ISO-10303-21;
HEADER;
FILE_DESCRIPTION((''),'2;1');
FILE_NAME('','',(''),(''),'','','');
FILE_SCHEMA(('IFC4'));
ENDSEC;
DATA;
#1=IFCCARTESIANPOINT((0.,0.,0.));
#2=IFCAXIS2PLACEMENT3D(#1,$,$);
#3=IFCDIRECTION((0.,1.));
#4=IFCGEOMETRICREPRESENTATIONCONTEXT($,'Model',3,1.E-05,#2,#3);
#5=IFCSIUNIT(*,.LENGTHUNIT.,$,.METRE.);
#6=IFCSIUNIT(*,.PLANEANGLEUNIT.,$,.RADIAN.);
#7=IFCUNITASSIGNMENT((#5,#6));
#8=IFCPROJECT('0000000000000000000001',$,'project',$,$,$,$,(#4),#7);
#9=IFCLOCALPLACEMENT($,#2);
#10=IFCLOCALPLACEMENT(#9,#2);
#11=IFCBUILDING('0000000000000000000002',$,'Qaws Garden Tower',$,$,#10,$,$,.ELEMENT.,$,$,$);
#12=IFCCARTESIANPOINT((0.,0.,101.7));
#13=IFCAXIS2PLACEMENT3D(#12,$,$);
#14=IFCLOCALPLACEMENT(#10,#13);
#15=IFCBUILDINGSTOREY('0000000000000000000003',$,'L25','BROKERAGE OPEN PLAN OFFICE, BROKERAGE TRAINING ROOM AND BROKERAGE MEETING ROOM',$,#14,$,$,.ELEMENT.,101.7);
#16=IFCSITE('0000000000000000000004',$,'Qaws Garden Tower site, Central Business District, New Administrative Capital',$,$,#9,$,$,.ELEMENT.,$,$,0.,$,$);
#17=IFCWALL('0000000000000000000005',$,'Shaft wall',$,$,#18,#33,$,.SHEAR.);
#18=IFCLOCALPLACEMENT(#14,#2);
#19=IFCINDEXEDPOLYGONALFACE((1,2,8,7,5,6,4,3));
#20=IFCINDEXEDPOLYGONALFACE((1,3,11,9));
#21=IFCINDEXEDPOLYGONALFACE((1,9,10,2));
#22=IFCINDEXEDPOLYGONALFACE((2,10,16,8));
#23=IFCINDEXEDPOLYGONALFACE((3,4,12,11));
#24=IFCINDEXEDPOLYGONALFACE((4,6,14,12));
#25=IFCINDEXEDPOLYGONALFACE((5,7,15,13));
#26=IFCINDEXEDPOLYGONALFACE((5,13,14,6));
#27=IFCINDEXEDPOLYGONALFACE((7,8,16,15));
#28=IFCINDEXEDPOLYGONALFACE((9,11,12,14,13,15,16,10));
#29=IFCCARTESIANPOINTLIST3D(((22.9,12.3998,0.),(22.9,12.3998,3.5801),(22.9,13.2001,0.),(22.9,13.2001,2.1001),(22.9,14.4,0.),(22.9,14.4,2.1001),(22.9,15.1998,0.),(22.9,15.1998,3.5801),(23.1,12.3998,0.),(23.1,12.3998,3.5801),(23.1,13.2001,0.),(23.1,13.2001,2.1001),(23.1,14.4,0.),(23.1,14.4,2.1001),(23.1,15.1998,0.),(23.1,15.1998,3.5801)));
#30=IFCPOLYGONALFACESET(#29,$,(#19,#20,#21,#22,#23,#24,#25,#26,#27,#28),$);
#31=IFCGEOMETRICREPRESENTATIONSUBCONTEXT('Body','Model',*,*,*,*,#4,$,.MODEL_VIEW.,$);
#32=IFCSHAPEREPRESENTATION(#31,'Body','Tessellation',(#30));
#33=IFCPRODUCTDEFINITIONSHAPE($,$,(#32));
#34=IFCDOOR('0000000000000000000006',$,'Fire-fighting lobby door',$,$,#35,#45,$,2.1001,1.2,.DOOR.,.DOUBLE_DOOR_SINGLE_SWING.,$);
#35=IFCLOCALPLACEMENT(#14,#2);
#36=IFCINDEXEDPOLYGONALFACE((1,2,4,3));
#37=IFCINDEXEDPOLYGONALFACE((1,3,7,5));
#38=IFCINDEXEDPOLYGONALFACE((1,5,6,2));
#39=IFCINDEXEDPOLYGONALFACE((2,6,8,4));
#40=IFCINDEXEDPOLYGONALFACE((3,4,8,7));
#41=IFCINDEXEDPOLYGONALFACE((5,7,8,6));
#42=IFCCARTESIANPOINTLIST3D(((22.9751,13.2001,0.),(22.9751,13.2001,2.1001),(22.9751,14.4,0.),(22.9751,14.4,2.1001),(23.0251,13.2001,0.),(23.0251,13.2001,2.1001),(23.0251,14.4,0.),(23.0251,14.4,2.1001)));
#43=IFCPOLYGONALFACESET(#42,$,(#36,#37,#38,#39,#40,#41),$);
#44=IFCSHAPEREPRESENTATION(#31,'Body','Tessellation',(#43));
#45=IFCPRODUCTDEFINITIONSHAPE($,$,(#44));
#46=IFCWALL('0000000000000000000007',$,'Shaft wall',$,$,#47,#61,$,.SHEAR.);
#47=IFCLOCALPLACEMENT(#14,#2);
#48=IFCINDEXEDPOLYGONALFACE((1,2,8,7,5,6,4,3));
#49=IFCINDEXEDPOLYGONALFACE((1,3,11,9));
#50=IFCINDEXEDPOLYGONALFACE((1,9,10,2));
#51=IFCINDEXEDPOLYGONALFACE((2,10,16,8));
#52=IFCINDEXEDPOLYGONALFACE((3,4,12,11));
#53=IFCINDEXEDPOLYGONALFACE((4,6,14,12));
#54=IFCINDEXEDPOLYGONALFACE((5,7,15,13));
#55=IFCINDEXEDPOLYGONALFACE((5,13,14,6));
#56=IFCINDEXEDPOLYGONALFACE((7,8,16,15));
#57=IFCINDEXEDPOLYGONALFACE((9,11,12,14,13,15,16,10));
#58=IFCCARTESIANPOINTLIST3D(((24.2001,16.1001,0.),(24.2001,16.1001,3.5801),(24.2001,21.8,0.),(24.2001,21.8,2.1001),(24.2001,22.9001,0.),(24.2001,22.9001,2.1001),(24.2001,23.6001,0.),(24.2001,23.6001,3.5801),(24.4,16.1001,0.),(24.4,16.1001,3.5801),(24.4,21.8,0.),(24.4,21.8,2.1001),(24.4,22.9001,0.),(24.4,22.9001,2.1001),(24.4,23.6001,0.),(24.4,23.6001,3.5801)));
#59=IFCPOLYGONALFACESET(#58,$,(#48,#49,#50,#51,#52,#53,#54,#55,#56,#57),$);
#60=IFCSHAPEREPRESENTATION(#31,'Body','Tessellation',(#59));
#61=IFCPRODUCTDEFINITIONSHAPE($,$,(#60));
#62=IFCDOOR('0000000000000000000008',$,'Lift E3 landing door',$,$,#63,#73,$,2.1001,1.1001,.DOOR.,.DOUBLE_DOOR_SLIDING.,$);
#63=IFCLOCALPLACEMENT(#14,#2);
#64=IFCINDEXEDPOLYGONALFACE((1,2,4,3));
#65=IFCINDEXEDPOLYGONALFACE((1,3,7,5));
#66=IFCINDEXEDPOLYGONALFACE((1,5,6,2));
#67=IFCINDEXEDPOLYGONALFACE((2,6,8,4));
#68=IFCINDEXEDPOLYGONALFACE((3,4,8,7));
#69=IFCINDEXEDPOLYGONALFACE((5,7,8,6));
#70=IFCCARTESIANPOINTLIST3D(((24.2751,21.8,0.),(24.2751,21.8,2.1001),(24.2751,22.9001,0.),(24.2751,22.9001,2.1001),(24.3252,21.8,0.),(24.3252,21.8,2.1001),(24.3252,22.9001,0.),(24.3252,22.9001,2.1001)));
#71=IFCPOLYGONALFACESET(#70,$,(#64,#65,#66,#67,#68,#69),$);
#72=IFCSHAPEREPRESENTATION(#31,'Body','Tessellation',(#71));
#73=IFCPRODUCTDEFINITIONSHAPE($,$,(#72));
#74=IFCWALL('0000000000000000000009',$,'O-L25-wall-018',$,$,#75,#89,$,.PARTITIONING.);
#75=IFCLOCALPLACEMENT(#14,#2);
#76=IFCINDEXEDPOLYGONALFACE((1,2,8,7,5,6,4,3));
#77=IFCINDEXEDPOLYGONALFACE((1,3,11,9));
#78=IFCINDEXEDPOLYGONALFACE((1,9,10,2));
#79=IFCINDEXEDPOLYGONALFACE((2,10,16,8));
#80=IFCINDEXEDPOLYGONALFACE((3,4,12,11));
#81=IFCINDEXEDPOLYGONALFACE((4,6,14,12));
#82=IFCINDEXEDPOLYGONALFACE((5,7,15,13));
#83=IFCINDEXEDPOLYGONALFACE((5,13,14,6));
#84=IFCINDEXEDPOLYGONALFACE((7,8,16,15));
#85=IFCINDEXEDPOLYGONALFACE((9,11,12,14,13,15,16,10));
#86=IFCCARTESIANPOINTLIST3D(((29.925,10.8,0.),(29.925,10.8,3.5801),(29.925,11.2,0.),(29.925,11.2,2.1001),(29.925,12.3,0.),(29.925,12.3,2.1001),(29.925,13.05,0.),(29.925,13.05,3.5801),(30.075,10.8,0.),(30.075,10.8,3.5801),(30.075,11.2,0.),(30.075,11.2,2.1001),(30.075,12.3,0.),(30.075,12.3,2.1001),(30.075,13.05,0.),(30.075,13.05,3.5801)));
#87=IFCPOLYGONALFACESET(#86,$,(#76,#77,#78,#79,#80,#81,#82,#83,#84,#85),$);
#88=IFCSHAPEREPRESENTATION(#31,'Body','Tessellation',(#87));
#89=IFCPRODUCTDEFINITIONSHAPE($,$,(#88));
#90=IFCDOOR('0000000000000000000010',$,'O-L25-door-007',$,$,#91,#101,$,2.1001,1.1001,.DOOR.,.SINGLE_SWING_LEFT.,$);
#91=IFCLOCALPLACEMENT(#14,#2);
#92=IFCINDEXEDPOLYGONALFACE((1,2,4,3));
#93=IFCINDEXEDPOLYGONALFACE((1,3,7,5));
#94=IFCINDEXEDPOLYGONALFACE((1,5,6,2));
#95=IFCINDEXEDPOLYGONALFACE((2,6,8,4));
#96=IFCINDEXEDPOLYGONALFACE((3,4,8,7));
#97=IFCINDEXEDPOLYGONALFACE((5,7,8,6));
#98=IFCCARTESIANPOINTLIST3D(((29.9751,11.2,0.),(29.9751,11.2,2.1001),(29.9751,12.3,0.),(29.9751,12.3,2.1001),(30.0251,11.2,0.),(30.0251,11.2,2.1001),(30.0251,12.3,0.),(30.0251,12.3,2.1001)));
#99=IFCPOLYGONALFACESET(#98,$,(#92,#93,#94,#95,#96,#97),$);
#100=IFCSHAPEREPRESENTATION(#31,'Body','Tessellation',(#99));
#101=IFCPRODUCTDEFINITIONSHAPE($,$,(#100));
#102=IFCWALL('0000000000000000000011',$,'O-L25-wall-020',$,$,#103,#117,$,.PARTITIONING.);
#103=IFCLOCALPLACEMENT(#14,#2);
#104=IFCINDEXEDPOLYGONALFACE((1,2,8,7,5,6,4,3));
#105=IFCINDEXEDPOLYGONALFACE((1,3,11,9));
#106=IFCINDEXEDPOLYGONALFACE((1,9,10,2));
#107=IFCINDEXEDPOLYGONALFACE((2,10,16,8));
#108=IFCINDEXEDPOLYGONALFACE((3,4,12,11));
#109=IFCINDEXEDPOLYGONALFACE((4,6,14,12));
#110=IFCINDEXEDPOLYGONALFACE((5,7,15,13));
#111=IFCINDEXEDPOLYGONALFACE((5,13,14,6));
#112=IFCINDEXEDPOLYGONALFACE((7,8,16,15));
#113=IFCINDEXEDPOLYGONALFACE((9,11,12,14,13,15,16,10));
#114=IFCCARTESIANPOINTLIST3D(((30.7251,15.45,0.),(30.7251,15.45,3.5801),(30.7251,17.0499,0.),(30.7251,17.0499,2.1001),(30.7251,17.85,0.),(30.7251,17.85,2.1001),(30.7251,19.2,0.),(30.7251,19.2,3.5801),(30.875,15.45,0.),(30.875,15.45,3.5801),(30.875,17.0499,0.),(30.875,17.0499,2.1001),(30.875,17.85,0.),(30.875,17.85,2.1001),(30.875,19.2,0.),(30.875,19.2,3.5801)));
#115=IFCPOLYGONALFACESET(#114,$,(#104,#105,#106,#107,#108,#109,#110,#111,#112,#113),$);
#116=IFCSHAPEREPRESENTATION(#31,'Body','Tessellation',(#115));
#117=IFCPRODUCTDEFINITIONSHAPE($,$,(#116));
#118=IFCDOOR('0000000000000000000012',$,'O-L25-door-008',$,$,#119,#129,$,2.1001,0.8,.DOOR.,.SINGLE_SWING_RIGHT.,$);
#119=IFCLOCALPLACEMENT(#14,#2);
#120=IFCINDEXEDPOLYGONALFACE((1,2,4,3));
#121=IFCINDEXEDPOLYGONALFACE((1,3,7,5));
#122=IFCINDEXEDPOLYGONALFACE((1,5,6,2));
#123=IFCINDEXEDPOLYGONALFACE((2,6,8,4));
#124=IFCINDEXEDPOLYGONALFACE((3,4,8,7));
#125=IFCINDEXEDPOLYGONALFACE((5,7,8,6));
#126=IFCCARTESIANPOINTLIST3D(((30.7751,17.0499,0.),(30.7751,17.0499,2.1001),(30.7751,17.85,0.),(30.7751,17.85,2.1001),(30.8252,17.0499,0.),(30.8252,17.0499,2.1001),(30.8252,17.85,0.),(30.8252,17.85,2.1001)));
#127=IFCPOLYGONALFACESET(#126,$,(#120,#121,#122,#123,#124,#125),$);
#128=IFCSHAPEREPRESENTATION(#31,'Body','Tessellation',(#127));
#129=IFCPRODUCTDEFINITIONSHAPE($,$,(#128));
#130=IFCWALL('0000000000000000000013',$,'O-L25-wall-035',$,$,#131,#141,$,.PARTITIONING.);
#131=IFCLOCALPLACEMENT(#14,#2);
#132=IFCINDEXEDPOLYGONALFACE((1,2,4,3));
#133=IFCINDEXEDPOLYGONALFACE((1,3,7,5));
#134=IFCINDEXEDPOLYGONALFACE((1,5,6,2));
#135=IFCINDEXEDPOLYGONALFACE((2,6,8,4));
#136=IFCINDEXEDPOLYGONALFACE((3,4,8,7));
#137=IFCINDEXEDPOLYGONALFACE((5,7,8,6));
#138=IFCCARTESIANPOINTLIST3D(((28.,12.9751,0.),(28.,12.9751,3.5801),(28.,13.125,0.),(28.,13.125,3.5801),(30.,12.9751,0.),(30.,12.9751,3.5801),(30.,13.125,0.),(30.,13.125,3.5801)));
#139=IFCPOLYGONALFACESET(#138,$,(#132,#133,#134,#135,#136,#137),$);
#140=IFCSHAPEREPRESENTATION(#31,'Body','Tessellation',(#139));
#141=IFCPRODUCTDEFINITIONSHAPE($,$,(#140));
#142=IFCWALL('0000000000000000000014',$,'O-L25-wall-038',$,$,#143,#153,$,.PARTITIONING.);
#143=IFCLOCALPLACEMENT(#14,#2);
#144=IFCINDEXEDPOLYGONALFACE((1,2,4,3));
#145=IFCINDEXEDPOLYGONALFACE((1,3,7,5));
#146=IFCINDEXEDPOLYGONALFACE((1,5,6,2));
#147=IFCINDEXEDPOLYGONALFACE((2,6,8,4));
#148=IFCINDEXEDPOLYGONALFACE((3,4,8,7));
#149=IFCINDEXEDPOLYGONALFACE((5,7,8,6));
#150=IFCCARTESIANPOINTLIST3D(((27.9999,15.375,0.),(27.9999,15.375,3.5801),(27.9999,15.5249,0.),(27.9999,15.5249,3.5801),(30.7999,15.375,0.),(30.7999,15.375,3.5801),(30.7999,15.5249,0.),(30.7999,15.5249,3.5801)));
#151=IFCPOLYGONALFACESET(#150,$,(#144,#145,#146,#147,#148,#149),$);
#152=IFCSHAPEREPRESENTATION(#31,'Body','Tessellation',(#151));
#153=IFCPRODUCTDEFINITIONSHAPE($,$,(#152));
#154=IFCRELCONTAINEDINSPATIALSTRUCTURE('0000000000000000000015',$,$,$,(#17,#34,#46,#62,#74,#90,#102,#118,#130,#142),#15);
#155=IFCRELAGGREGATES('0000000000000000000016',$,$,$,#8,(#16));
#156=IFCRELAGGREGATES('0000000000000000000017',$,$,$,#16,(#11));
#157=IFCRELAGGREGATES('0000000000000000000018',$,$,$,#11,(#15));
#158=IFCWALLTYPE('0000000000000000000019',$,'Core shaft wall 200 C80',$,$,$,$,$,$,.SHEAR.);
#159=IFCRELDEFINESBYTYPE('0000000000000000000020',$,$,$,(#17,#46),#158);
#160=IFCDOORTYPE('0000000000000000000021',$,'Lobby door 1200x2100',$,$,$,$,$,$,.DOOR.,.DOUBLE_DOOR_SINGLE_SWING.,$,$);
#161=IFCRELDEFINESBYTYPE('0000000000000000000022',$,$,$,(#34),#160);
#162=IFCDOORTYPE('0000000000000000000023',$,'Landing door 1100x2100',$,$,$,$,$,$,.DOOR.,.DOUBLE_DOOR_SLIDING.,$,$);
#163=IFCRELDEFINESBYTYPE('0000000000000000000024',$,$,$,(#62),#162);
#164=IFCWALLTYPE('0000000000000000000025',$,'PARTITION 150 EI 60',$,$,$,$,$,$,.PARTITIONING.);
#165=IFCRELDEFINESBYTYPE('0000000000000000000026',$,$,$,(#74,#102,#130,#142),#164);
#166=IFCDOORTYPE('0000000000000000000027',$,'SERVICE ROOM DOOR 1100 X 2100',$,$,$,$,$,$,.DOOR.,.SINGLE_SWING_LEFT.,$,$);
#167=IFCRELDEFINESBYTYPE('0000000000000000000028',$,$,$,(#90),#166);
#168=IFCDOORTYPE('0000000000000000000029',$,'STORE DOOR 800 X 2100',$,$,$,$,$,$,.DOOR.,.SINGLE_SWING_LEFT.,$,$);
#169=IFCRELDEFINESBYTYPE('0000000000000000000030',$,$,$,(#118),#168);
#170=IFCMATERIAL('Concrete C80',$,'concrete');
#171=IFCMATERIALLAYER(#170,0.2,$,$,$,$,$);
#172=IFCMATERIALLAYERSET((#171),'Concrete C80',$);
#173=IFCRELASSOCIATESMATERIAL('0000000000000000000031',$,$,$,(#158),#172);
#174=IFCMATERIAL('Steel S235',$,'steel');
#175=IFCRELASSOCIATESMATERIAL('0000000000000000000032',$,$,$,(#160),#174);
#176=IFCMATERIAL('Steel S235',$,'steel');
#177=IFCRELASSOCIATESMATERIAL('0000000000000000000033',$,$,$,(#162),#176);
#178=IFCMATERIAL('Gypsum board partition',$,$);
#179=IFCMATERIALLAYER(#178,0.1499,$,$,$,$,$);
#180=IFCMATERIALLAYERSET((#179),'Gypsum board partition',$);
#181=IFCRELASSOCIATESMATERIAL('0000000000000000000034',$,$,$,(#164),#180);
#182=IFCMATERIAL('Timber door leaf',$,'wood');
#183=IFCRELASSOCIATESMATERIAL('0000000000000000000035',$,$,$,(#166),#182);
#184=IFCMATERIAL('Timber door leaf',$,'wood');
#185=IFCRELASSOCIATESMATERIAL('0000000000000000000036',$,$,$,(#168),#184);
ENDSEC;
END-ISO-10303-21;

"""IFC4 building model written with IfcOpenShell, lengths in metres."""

from ifc_helpers import new_model, si_unit, direction, frame, frame_2d, origin, place, context, subcontext, project, spatial, rectangle, extrude, material, layer, layer_set, type_object, element, fill, save


model = new_model("IFC4")

# Units and contexts
model_context = context("Model", 3, precision=1e-05, world=origin(), true_north=direction((0.0, 1.0)))
body_context = subcontext(model_context, "Body", "Model", "MODEL_VIEW")
ifc_project = project(units=[si_unit("LENGTHUNIT", "METRE"), si_unit("PLANEANGLEUNIT", "RADIAN")], contexts=[model_context])

# Site, building, storey
site_placement = place(None, origin())
site = spatial("IfcSite", under=ifc_project, at=site_placement, Name="Qaws Garden Tower site, Central Business District, New Administrative Capital", CompositionType="ELEMENT", RefElevation=0.0)
building_placement = place(site_placement, origin())
building = spatial("IfcBuilding", under=site, at=building_placement, Name="Qaws Garden Tower", CompositionType="ELEMENT")
storey_placement = place(building_placement, frame((0.0, 0.0, 101.7)))
storey = spatial("IfcBuildingStorey", under=building, at=storey_placement, Name="L25", Description="BROKERAGE OPEN PLAN OFFICE, BROKERAGE TRAINING ROOM AND BROKERAGE MEETING ROOM", CompositionType="ELEMENT", Elevation=101.7)

# Shared definitions
ifc_material_1 = material(Name="Concrete C80", Category="concrete")
ifc_layer_1 = layer(ifc_material_1, 0.2)
ifc_layer_set_1 = layer_set([ifc_layer_1], Name="Concrete C80")
wall_type_1 = type_object("IfcWallType", Name="Core shaft wall 200 C80", PredefinedType="SHEAR", material=ifc_layer_set_1)

# Walls, openings, doors
wall_1_placement = place(storey_placement, frame((23.0, 12.3999, 0.0), z_axis=(0.0, 0.0, 1.0), x_axis=(0.0, 1.0, 0.0)))
wall_1 = element("IfcWall", 1, at=wall_1_placement, inside=storey, type_object=wall_type_1, Name="Shaft wall", PredefinedType="SHEAR", context=body_context, shape_type="SweptSolid", body=[
    extrude(rectangle(XDim=2.8, YDim=0.2, at=frame_2d((1.3999, 0.0))), origin(), (0.0, 0.0, 1.0), 3.5801),
])
opening_1_placement = place(wall_1_placement, frame((0.8, 0.0, 0.0)))
opening_1 = element("IfcOpeningElement", 2, at=opening_1_placement, cuts=wall_1, PredefinedType="OPENING", context=body_context, shape_type="SweptSolid", body=[
    extrude(rectangle(XDim=1.2, YDim=2.1001, at=frame_2d((0.6001, 1.05))), frame((0.0, 0.1099, 0.0), z_axis=(0.0, -1.0, 0.0), x_axis=(1.0, 0.0, 0.0)), (0.0, 0.0, 1.0), 0.22),
])
ifc_material_2 = material(Name="Steel S235", Category="steel")
door_type_1 = type_object("IfcDoorType", Name="Lobby door 1200x2100", OperationType="DOUBLE_DOOR_SINGLE_SWING", PredefinedType="DOOR", material=ifc_material_2)
door_1_placement = place(opening_1_placement, origin())
door_1 = element("IfcDoor", 3, at=door_1_placement, inside=storey, type_object=door_type_1, Name="Fire-fighting lobby door", OperationType="DOUBLE_DOOR_SINGLE_SWING", OverallHeight=2.1001, OverallWidth=1.2, PredefinedType="DOOR", context=body_context, shape_type="SweptSolid", body=[
    extrude(rectangle(XDim=1.2, YDim=2.1001, at=frame_2d((0.6001, 1.05))), frame((0.0, 0.0249, 0.0), z_axis=(0.0, -1.0, 0.0), x_axis=(1.0, 0.0, 0.0)), (0.0, 0.0, 1.0), 0.05),
])
fill(opening_1, door_1)
wall_2_placement = place(storey_placement, frame((24.3, 16.1001, 0.0), z_axis=(0.0, 0.0, 1.0), x_axis=(0.0, 1.0, 0.0)))
wall_2 = element("IfcWall", 4, at=wall_2_placement, inside=storey, type_object=wall_type_1, Name="Shaft wall", PredefinedType="SHEAR", context=body_context, shape_type="SweptSolid", body=[
    extrude(rectangle(XDim=7.5, YDim=0.2, at=frame_2d((3.75, 0.0))), origin(), (0.0, 0.0, 1.0), 3.5801),
])
opening_2_placement = place(wall_2_placement, frame((5.7, 0.0, 0.0)))
opening_2 = element("IfcOpeningElement", 5, at=opening_2_placement, cuts=wall_2, PredefinedType="OPENING", context=body_context, shape_type="SweptSolid", body=[
    extrude(rectangle(XDim=1.1001, YDim=2.1001, at=frame_2d((0.55, 1.05))), frame((0.0, 0.1099, 0.0), z_axis=(0.0, -1.0, 0.0), x_axis=(1.0, 0.0, 0.0)), (0.0, 0.0, 1.0), 0.22),
])
ifc_material_3 = material(Name="Steel S235", Category="steel")
door_type_2 = type_object("IfcDoorType", Name="Landing door 1100x2100", OperationType="DOUBLE_DOOR_SLIDING", PredefinedType="DOOR", material=ifc_material_3)
door_2_placement = place(opening_2_placement, origin())
door_2 = element("IfcDoor", 6, at=door_2_placement, inside=storey, type_object=door_type_2, Name="Lift E3 landing door", OperationType="DOUBLE_DOOR_SLIDING", OverallHeight=2.1001, OverallWidth=1.1001, PredefinedType="DOOR", context=body_context, shape_type="SweptSolid", body=[
    extrude(rectangle(XDim=1.1001, YDim=2.1001, at=frame_2d((0.55, 1.05))), frame((0.0, 0.0249, 0.0), z_axis=(0.0, -1.0, 0.0), x_axis=(1.0, 0.0, 0.0)), (0.0, 0.0, 1.0), 0.05),
])
fill(opening_2, door_2)
ifc_material_4 = material(Name="Gypsum board partition")
ifc_layer_2 = layer(ifc_material_4, 0.1499)
ifc_layer_set_2 = layer_set([ifc_layer_2], Name="Gypsum board partition")
wall_type_2 = type_object("IfcWallType", Name="PARTITION 150 EI 60", PredefinedType="PARTITIONING", material=ifc_layer_set_2)
wall_3_placement = place(storey_placement, frame((30.0, 10.8, 0.0), z_axis=(0.0, 0.0, 1.0), x_axis=(0.0, 1.0, 0.0)))
wall_3 = element("IfcWall", 7, at=wall_3_placement, inside=storey, type_object=wall_type_2, Name="O-L25-wall-018", PredefinedType="PARTITIONING", context=body_context, shape_type="SweptSolid", body=[
    extrude(rectangle(XDim=2.25, YDim=0.1499, at=frame_2d((1.125, 0.0))), origin(), (0.0, 0.0, 1.0), 3.5801),
])
opening_3_placement = place(wall_3_placement, frame((0.3999, 0.0, 0.0)))
opening_3 = element("IfcOpeningElement", 8, at=opening_3_placement, cuts=wall_3, PredefinedType="OPENING", context=body_context, shape_type="SweptSolid", body=[
    extrude(rectangle(XDim=1.1001, YDim=2.1001, at=frame_2d((0.55, 1.05))), frame((0.0, 0.085, 0.0), z_axis=(0.0, -1.0, 0.0), x_axis=(1.0, 0.0, 0.0)), (0.0, 0.0, 1.0), 0.1699),
])
ifc_material_5 = material(Name="Timber door leaf", Category="wood")
door_type_3 = type_object("IfcDoorType", Name="SERVICE ROOM DOOR 1100 X 2100", OperationType="SINGLE_SWING_LEFT", PredefinedType="DOOR", material=ifc_material_5)
door_3_placement = place(opening_3_placement, origin())
door_3 = element("IfcDoor", 9, at=door_3_placement, inside=storey, type_object=door_type_3, Name="O-L25-door-007", OperationType="SINGLE_SWING_LEFT", OverallHeight=2.1001, OverallWidth=1.1001, PredefinedType="DOOR", context=body_context, shape_type="SweptSolid", body=[
    extrude(rectangle(XDim=1.1001, YDim=2.1001, at=frame_2d((0.55, 1.05))), frame((0.0, 0.0249, 0.0), z_axis=(0.0, -1.0, 0.0), x_axis=(1.0, 0.0, 0.0)), (0.0, 0.0, 1.0), 0.05),
])
fill(opening_3, door_3)
wall_4_placement = place(storey_placement, frame((30.8, 15.45, 0.0), z_axis=(0.0, 0.0, 1.0), x_axis=(0.0, 1.0, 0.0)))
wall_4 = element("IfcWall", 10, at=wall_4_placement, inside=storey, type_object=wall_type_2, Name="O-L25-wall-020", PredefinedType="PARTITIONING", context=body_context, shape_type="SweptSolid", body=[
    extrude(rectangle(XDim=3.75, YDim=0.1499, at=frame_2d((1.875, 0.0))), origin(), (0.0, 0.0, 1.0), 3.5801),
])
opening_4_placement = place(wall_4_placement, frame((1.6001, 0.0, 0.0)))
opening_4 = element("IfcOpeningElement", 11, at=opening_4_placement, cuts=wall_4, PredefinedType="OPENING", context=body_context, shape_type="SweptSolid", body=[
    extrude(rectangle(XDim=0.8, YDim=2.1001, at=frame_2d((0.3999, 1.05))), frame((0.0, 0.085, 0.0), z_axis=(0.0, -1.0, 0.0), x_axis=(1.0, 0.0, 0.0)), (0.0, 0.0, 1.0), 0.1699),
])
ifc_material_6 = material(Name="Timber door leaf", Category="wood")
door_type_4 = type_object("IfcDoorType", Name="STORE DOOR 800 X 2100", OperationType="SINGLE_SWING_LEFT", PredefinedType="DOOR", material=ifc_material_6)
door_4_placement = place(opening_4_placement, origin())
door_4 = element("IfcDoor", 12, at=door_4_placement, inside=storey, type_object=door_type_4, Name="O-L25-door-008", OperationType="SINGLE_SWING_RIGHT", OverallHeight=2.1001, OverallWidth=0.8, PredefinedType="DOOR", context=body_context, shape_type="SweptSolid", body=[
    extrude(rectangle(XDim=0.8, YDim=2.1001, at=frame_2d((0.3999, 1.05))), frame((0.0, 0.0249, 0.0), z_axis=(0.0, -1.0, 0.0), x_axis=(1.0, 0.0, 0.0)), (0.0, 0.0, 1.0), 0.05),
])
fill(opening_4, door_4)

# Walls
wall_5_placement = place(storey_placement, frame((28.0, 13.05, 0.0), z_axis=(0.0, 0.0, 1.0), x_axis=(1.0, 0.0, 0.0)))
element("IfcWall", 13, at=wall_5_placement, inside=storey, type_object=wall_type_2, Name="O-L25-wall-035", PredefinedType="PARTITIONING", context=body_context, shape_type="SweptSolid", body=[
    extrude(rectangle(XDim=2.0, YDim=0.1499, at=frame_2d((1.0, 0.0))), origin(), (0.0, 0.0, 1.0), 3.5801),
])
wall_6_placement = place(storey_placement, frame((28.0, 15.45, 0.0), z_axis=(0.0, 0.0, 1.0), x_axis=(1.0, 0.0, 0.0)))
element("IfcWall", 14, at=wall_6_placement, inside=storey, type_object=wall_type_2, Name="O-L25-wall-038", PredefinedType="PARTITIONING", context=body_context, shape_type="SweptSolid", body=[
    extrude(rectangle(XDim=2.8, YDim=0.1499, at=frame_2d((1.3999, 0.0))), origin(), (0.0, 0.0, 1.0), 3.5801),
])

save(model, "model.ifc")
